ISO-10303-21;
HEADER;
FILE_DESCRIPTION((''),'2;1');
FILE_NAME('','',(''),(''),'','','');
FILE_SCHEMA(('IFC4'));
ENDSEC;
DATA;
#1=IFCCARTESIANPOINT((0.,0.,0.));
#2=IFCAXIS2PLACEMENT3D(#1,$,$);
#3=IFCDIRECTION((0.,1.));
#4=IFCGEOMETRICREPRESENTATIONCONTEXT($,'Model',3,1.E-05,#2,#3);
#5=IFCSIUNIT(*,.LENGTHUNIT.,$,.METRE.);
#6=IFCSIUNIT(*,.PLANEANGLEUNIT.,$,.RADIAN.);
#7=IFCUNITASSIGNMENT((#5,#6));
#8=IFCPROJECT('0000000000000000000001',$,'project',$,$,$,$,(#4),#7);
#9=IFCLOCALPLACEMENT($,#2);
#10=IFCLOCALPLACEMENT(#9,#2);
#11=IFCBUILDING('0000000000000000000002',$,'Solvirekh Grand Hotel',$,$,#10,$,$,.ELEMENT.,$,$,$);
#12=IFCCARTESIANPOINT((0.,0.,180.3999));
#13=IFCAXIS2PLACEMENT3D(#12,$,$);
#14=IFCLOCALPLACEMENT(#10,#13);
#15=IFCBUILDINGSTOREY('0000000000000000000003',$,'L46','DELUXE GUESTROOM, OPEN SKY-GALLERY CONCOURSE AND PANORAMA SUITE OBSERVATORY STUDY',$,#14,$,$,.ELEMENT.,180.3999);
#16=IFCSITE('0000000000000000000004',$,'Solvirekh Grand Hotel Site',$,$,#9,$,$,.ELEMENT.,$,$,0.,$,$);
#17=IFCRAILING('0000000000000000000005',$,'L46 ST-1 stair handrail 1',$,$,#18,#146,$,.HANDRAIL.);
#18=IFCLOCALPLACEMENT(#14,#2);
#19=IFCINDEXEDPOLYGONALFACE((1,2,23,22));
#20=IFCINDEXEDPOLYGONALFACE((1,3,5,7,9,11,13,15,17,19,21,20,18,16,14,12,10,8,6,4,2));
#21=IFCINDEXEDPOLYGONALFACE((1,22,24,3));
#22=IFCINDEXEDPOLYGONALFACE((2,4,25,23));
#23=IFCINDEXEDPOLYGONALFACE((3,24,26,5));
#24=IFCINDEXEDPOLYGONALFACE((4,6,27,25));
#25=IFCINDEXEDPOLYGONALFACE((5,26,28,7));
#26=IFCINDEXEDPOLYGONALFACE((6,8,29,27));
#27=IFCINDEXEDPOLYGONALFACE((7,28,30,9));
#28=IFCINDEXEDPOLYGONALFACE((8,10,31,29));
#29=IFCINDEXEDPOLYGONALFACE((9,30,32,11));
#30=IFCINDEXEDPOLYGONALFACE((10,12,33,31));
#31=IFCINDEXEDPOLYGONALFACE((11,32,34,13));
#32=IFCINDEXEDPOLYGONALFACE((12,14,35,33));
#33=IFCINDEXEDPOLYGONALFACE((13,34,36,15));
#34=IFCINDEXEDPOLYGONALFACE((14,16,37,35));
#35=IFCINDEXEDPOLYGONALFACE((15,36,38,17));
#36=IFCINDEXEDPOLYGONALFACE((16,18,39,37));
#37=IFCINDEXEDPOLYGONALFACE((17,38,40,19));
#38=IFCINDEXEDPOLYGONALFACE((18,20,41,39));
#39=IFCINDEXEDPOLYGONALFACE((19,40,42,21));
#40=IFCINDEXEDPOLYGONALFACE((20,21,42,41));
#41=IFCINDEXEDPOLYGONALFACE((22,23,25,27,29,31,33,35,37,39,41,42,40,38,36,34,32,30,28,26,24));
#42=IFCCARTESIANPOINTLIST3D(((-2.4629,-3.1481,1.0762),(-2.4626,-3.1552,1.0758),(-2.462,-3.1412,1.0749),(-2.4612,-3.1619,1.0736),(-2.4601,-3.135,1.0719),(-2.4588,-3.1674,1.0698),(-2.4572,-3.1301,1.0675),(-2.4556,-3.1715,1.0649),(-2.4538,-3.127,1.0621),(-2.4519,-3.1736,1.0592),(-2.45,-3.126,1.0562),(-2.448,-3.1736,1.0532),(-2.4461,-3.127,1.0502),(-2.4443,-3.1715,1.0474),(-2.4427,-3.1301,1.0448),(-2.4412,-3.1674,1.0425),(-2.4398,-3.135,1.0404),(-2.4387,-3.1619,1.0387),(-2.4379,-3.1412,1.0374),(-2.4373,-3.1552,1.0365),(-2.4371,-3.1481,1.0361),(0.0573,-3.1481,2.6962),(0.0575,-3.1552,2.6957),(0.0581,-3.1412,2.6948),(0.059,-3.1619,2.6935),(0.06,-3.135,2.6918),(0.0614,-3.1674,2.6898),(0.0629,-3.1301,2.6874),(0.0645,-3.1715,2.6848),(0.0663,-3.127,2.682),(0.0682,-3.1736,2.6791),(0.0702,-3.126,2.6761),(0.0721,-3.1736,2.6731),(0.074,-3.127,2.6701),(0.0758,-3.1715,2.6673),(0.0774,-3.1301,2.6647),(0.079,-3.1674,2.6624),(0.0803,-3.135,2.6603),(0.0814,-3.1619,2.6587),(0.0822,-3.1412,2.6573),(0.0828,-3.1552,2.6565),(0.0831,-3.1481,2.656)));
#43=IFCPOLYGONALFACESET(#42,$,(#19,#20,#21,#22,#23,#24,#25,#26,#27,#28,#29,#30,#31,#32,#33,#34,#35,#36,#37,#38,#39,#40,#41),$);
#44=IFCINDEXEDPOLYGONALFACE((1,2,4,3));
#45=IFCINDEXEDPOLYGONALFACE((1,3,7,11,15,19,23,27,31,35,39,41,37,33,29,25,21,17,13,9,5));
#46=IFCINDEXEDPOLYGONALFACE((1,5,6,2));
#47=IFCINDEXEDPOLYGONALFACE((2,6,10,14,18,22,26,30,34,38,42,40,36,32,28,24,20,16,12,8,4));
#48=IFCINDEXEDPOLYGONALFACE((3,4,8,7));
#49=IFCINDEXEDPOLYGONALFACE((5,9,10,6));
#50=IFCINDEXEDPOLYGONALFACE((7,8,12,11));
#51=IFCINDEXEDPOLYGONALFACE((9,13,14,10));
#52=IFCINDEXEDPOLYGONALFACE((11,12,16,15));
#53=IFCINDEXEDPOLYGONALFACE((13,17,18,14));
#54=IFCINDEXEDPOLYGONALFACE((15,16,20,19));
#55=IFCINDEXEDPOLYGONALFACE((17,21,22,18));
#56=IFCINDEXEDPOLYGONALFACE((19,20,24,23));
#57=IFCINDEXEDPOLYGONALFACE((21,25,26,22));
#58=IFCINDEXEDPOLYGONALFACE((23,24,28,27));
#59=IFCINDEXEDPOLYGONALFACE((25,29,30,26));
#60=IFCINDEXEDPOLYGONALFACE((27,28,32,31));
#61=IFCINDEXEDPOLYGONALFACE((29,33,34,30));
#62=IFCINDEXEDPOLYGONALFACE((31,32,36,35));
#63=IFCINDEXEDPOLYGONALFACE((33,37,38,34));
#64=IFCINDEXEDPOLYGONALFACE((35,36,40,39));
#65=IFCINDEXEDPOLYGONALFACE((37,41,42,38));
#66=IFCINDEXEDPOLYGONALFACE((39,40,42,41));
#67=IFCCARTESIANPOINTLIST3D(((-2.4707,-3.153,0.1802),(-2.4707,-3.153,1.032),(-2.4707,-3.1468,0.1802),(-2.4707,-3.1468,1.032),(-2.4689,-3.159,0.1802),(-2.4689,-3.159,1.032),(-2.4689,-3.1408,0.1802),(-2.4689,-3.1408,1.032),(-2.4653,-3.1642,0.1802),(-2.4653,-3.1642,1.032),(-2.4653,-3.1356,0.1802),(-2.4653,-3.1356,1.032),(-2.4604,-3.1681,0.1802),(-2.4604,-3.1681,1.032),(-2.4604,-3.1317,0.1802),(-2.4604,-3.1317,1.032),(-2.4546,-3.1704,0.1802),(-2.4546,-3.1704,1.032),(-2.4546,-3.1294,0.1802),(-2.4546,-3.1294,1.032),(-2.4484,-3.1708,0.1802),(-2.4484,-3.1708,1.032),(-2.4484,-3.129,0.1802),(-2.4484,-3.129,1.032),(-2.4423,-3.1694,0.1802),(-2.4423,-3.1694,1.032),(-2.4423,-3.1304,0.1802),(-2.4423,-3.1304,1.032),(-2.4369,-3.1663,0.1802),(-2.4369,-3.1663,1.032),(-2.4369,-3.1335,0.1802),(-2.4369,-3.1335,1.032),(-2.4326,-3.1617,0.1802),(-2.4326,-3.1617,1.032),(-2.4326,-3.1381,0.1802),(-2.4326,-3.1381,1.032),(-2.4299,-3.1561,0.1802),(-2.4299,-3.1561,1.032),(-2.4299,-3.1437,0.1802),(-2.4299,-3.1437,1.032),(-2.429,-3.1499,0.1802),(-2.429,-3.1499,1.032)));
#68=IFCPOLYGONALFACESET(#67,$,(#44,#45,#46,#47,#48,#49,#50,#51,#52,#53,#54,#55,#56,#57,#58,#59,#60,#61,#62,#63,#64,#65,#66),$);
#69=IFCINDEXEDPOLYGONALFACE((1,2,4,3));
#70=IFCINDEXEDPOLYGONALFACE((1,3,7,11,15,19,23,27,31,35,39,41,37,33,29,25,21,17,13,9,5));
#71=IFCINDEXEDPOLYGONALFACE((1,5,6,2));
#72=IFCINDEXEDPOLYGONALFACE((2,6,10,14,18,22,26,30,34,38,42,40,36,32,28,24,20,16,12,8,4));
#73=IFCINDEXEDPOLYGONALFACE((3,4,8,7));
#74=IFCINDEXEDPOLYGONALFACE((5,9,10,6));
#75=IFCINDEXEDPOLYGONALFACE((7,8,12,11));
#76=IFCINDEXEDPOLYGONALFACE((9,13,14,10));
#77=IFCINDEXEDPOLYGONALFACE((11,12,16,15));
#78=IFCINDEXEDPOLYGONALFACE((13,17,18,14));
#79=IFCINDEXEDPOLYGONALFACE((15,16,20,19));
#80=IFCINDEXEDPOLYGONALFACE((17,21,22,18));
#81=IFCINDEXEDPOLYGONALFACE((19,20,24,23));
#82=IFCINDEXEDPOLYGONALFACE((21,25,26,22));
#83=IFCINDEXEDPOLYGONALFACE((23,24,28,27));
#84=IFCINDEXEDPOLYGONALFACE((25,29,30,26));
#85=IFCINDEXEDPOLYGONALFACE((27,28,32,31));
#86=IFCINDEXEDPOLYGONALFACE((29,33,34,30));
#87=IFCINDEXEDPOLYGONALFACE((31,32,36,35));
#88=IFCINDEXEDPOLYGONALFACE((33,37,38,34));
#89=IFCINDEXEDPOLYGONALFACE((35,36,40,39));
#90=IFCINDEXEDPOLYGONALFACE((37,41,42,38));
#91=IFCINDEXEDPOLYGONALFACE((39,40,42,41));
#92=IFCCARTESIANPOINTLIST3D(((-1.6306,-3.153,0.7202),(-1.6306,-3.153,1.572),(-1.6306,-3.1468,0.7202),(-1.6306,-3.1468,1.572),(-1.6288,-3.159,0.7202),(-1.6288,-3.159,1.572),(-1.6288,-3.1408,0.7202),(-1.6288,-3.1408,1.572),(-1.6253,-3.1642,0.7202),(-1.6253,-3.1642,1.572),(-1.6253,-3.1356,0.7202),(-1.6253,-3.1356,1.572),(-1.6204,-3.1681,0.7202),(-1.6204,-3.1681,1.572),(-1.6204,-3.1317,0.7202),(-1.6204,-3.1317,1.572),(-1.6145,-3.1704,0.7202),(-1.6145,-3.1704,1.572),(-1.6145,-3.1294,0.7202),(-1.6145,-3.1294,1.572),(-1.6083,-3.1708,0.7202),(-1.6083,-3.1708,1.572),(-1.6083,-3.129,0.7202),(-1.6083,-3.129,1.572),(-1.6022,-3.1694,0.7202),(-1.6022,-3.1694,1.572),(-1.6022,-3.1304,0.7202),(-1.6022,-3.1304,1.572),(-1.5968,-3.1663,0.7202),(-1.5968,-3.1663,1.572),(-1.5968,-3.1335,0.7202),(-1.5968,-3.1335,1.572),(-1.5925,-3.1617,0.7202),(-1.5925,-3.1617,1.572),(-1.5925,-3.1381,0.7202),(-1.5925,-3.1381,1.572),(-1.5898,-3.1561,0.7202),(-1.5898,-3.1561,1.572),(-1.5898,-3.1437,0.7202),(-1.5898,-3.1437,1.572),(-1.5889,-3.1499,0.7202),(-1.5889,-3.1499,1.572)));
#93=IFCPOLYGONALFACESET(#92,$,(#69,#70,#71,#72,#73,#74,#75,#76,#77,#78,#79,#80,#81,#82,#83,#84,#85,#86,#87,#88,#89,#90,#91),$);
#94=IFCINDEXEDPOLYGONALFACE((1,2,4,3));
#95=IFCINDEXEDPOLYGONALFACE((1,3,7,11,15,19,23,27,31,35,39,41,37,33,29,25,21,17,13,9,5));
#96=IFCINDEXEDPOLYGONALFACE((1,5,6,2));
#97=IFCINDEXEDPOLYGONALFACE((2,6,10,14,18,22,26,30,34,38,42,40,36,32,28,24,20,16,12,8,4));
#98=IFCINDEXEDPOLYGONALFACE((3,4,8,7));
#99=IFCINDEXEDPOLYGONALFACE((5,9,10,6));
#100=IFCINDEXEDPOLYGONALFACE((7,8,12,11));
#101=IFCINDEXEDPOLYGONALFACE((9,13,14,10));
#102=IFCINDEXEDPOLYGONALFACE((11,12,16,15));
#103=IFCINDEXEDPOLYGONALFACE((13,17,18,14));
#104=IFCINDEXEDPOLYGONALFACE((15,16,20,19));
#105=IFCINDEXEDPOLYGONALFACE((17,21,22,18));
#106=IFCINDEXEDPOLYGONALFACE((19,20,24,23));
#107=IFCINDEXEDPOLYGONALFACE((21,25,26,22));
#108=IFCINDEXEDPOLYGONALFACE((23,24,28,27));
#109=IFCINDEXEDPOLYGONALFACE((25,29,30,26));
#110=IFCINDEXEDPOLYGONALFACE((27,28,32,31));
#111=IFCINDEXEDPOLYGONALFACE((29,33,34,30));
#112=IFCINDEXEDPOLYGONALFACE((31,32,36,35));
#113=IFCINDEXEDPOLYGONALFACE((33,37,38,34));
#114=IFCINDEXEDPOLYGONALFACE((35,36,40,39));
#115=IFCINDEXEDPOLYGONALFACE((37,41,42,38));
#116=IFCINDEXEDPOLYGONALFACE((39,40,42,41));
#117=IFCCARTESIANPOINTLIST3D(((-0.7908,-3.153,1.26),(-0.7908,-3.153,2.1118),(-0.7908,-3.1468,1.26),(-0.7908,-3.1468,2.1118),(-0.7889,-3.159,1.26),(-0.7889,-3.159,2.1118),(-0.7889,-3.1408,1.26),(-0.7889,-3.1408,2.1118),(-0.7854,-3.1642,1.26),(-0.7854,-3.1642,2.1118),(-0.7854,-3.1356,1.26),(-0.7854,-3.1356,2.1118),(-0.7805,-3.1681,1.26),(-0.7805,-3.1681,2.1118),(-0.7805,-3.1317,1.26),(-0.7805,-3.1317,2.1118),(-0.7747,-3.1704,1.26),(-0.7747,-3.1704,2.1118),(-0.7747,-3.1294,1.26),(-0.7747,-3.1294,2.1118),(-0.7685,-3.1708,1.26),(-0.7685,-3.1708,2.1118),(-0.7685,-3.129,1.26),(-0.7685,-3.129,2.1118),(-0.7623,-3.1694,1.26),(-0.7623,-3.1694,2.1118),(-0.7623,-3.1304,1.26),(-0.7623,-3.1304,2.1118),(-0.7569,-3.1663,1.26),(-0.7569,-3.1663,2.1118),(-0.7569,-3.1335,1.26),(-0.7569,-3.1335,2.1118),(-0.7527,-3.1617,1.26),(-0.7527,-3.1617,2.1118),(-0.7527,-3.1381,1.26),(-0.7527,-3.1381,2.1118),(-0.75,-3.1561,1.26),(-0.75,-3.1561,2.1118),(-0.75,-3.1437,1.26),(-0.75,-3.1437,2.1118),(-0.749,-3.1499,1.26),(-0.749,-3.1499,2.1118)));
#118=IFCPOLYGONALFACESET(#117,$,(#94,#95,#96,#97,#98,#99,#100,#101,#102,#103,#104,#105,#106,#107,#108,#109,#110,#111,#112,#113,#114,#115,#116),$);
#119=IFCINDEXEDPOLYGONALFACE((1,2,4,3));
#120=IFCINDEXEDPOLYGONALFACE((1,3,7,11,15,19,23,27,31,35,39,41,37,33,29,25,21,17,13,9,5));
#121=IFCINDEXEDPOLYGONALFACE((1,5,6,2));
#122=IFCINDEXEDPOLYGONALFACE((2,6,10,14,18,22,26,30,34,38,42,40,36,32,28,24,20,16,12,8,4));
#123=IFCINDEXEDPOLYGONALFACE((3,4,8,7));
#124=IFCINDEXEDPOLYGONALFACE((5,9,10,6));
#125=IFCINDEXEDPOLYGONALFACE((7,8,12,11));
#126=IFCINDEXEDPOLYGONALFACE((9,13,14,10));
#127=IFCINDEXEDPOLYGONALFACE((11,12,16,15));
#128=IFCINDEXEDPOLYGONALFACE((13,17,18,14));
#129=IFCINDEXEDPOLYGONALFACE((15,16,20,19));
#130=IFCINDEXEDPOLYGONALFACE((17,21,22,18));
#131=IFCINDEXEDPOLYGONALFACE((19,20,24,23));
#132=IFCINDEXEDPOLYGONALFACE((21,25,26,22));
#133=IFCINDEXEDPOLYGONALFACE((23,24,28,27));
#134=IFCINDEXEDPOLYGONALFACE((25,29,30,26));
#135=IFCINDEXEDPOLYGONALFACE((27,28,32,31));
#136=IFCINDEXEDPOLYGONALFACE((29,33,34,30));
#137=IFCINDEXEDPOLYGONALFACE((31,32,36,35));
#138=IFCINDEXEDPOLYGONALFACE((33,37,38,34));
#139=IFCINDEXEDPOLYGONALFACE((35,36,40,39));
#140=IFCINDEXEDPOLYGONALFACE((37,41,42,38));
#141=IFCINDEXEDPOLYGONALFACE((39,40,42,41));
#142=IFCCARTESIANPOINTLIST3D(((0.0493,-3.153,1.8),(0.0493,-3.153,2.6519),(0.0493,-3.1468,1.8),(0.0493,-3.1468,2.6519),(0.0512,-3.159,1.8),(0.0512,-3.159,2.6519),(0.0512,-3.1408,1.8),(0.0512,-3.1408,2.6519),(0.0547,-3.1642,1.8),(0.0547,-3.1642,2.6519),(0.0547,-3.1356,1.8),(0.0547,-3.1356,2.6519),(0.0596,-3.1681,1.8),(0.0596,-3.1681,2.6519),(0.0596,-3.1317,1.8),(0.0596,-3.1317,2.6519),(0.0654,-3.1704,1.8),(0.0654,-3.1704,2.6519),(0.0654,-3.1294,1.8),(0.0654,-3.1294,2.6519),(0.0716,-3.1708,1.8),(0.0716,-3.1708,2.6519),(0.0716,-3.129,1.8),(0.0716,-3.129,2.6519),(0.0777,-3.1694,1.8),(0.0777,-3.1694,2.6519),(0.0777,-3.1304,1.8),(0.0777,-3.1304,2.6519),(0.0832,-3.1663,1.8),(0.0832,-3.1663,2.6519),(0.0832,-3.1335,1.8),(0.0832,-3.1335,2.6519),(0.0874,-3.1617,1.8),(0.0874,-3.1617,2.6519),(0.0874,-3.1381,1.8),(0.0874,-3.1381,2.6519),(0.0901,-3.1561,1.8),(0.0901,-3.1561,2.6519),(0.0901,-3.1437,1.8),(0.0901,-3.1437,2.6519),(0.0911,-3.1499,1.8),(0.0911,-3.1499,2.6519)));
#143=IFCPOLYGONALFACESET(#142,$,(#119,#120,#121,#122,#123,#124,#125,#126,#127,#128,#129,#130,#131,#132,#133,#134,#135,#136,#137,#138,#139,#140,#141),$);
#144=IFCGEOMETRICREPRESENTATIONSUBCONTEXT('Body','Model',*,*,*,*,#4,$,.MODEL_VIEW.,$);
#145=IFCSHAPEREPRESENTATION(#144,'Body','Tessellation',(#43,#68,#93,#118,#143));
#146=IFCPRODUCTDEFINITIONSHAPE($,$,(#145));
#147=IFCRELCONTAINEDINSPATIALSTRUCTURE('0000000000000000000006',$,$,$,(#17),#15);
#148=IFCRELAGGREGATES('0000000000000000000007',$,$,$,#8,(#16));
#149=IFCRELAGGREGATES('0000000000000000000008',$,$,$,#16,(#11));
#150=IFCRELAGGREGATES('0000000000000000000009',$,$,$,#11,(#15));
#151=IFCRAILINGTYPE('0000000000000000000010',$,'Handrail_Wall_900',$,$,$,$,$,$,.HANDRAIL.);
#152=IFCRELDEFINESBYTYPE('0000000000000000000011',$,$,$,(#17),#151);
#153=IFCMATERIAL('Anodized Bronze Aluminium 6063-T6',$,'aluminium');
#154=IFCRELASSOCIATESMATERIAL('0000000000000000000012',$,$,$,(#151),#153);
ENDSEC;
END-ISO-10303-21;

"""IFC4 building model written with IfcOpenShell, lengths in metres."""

from ifc_helpers import new_model, si_unit, direction, frame, origin, origin_2d, place, context, subcontext, project, spatial, circle, extrude, material, type_object, element, save


model = new_model("IFC4")

# Units and contexts
model_context = context("Model", 3, precision=1e-05, world=origin(), true_north=direction((0.0, 1.0)))
body_context = subcontext(model_context, "Body", "Model", "MODEL_VIEW")
ifc_project = project(units=[si_unit("LENGTHUNIT", "METRE"), si_unit("PLANEANGLEUNIT", "RADIAN")], contexts=[model_context])

# Site, building, storey
site_placement = place(None, origin())
site = spatial("IfcSite", under=ifc_project, at=site_placement, Name="Solvirekh Grand Hotel Site", CompositionType="ELEMENT", RefElevation=0.0)
building_placement = place(site_placement, origin())
building = spatial("IfcBuilding", under=site, at=building_placement, Name="Solvirekh Grand Hotel", CompositionType="ELEMENT")
storey_placement = place(building_placement, frame((0.0, 0.0, 180.3999)))
storey = spatial("IfcBuildingStorey", under=building, at=storey_placement, Name="L46", Description="DELUXE GUESTROOM, OPEN SKY-GALLERY CONCOURSE AND PANORAMA SUITE OBSERVATORY STUDY", CompositionType="ELEMENT", Elevation=180.3999)

# Railing
ifc_material_1 = material(Name="Anodized Bronze Aluminium 6063-T6", Category="aluminium")
railing_type_1 = type_object("IfcRailingType", Name="Handrail_Wall_900", PredefinedType="HANDRAIL", material=ifc_material_1)
railing_1_placement = place(storey_placement, frame((-2.45, -3.1499, 0.1802)))
element("IfcRailing", 1, at=railing_1_placement, inside=storey, type_object=railing_type_1, Name="L46 ST-1 stair handrail 1", PredefinedType="HANDRAIL", context=body_context, shape_type="SweptSolid", body=[
    extrude(circle(Radius=0.0239, at=origin_2d()), frame((0.0, 0.0, 0.876), z_axis=(0.8412, 0.0, 0.540725), x_axis=(0.0, 1.0, 0.0)), (0.0, 0.0, 1.0), 2.9958),
    extrude(circle(Radius=0.021, at=origin_2d()), origin(), (0.0, 0.0, 1.0), 0.8518),
    extrude(circle(Radius=0.021, at=origin_2d()), frame((0.8401, 0.0, 0.54)), (0.0, 0.0, 1.0), 0.8518),
    extrude(circle(Radius=0.021, at=origin_2d()), frame((1.6799, 0.0, 1.0798)), (0.0, 0.0, 1.0), 0.8518),
    extrude(circle(Radius=0.021, at=origin_2d()), frame((2.52, 0.0, 1.6199)), (0.0, 0.0, 1.0), 0.8518),
])

save(model, "model.ifc")
